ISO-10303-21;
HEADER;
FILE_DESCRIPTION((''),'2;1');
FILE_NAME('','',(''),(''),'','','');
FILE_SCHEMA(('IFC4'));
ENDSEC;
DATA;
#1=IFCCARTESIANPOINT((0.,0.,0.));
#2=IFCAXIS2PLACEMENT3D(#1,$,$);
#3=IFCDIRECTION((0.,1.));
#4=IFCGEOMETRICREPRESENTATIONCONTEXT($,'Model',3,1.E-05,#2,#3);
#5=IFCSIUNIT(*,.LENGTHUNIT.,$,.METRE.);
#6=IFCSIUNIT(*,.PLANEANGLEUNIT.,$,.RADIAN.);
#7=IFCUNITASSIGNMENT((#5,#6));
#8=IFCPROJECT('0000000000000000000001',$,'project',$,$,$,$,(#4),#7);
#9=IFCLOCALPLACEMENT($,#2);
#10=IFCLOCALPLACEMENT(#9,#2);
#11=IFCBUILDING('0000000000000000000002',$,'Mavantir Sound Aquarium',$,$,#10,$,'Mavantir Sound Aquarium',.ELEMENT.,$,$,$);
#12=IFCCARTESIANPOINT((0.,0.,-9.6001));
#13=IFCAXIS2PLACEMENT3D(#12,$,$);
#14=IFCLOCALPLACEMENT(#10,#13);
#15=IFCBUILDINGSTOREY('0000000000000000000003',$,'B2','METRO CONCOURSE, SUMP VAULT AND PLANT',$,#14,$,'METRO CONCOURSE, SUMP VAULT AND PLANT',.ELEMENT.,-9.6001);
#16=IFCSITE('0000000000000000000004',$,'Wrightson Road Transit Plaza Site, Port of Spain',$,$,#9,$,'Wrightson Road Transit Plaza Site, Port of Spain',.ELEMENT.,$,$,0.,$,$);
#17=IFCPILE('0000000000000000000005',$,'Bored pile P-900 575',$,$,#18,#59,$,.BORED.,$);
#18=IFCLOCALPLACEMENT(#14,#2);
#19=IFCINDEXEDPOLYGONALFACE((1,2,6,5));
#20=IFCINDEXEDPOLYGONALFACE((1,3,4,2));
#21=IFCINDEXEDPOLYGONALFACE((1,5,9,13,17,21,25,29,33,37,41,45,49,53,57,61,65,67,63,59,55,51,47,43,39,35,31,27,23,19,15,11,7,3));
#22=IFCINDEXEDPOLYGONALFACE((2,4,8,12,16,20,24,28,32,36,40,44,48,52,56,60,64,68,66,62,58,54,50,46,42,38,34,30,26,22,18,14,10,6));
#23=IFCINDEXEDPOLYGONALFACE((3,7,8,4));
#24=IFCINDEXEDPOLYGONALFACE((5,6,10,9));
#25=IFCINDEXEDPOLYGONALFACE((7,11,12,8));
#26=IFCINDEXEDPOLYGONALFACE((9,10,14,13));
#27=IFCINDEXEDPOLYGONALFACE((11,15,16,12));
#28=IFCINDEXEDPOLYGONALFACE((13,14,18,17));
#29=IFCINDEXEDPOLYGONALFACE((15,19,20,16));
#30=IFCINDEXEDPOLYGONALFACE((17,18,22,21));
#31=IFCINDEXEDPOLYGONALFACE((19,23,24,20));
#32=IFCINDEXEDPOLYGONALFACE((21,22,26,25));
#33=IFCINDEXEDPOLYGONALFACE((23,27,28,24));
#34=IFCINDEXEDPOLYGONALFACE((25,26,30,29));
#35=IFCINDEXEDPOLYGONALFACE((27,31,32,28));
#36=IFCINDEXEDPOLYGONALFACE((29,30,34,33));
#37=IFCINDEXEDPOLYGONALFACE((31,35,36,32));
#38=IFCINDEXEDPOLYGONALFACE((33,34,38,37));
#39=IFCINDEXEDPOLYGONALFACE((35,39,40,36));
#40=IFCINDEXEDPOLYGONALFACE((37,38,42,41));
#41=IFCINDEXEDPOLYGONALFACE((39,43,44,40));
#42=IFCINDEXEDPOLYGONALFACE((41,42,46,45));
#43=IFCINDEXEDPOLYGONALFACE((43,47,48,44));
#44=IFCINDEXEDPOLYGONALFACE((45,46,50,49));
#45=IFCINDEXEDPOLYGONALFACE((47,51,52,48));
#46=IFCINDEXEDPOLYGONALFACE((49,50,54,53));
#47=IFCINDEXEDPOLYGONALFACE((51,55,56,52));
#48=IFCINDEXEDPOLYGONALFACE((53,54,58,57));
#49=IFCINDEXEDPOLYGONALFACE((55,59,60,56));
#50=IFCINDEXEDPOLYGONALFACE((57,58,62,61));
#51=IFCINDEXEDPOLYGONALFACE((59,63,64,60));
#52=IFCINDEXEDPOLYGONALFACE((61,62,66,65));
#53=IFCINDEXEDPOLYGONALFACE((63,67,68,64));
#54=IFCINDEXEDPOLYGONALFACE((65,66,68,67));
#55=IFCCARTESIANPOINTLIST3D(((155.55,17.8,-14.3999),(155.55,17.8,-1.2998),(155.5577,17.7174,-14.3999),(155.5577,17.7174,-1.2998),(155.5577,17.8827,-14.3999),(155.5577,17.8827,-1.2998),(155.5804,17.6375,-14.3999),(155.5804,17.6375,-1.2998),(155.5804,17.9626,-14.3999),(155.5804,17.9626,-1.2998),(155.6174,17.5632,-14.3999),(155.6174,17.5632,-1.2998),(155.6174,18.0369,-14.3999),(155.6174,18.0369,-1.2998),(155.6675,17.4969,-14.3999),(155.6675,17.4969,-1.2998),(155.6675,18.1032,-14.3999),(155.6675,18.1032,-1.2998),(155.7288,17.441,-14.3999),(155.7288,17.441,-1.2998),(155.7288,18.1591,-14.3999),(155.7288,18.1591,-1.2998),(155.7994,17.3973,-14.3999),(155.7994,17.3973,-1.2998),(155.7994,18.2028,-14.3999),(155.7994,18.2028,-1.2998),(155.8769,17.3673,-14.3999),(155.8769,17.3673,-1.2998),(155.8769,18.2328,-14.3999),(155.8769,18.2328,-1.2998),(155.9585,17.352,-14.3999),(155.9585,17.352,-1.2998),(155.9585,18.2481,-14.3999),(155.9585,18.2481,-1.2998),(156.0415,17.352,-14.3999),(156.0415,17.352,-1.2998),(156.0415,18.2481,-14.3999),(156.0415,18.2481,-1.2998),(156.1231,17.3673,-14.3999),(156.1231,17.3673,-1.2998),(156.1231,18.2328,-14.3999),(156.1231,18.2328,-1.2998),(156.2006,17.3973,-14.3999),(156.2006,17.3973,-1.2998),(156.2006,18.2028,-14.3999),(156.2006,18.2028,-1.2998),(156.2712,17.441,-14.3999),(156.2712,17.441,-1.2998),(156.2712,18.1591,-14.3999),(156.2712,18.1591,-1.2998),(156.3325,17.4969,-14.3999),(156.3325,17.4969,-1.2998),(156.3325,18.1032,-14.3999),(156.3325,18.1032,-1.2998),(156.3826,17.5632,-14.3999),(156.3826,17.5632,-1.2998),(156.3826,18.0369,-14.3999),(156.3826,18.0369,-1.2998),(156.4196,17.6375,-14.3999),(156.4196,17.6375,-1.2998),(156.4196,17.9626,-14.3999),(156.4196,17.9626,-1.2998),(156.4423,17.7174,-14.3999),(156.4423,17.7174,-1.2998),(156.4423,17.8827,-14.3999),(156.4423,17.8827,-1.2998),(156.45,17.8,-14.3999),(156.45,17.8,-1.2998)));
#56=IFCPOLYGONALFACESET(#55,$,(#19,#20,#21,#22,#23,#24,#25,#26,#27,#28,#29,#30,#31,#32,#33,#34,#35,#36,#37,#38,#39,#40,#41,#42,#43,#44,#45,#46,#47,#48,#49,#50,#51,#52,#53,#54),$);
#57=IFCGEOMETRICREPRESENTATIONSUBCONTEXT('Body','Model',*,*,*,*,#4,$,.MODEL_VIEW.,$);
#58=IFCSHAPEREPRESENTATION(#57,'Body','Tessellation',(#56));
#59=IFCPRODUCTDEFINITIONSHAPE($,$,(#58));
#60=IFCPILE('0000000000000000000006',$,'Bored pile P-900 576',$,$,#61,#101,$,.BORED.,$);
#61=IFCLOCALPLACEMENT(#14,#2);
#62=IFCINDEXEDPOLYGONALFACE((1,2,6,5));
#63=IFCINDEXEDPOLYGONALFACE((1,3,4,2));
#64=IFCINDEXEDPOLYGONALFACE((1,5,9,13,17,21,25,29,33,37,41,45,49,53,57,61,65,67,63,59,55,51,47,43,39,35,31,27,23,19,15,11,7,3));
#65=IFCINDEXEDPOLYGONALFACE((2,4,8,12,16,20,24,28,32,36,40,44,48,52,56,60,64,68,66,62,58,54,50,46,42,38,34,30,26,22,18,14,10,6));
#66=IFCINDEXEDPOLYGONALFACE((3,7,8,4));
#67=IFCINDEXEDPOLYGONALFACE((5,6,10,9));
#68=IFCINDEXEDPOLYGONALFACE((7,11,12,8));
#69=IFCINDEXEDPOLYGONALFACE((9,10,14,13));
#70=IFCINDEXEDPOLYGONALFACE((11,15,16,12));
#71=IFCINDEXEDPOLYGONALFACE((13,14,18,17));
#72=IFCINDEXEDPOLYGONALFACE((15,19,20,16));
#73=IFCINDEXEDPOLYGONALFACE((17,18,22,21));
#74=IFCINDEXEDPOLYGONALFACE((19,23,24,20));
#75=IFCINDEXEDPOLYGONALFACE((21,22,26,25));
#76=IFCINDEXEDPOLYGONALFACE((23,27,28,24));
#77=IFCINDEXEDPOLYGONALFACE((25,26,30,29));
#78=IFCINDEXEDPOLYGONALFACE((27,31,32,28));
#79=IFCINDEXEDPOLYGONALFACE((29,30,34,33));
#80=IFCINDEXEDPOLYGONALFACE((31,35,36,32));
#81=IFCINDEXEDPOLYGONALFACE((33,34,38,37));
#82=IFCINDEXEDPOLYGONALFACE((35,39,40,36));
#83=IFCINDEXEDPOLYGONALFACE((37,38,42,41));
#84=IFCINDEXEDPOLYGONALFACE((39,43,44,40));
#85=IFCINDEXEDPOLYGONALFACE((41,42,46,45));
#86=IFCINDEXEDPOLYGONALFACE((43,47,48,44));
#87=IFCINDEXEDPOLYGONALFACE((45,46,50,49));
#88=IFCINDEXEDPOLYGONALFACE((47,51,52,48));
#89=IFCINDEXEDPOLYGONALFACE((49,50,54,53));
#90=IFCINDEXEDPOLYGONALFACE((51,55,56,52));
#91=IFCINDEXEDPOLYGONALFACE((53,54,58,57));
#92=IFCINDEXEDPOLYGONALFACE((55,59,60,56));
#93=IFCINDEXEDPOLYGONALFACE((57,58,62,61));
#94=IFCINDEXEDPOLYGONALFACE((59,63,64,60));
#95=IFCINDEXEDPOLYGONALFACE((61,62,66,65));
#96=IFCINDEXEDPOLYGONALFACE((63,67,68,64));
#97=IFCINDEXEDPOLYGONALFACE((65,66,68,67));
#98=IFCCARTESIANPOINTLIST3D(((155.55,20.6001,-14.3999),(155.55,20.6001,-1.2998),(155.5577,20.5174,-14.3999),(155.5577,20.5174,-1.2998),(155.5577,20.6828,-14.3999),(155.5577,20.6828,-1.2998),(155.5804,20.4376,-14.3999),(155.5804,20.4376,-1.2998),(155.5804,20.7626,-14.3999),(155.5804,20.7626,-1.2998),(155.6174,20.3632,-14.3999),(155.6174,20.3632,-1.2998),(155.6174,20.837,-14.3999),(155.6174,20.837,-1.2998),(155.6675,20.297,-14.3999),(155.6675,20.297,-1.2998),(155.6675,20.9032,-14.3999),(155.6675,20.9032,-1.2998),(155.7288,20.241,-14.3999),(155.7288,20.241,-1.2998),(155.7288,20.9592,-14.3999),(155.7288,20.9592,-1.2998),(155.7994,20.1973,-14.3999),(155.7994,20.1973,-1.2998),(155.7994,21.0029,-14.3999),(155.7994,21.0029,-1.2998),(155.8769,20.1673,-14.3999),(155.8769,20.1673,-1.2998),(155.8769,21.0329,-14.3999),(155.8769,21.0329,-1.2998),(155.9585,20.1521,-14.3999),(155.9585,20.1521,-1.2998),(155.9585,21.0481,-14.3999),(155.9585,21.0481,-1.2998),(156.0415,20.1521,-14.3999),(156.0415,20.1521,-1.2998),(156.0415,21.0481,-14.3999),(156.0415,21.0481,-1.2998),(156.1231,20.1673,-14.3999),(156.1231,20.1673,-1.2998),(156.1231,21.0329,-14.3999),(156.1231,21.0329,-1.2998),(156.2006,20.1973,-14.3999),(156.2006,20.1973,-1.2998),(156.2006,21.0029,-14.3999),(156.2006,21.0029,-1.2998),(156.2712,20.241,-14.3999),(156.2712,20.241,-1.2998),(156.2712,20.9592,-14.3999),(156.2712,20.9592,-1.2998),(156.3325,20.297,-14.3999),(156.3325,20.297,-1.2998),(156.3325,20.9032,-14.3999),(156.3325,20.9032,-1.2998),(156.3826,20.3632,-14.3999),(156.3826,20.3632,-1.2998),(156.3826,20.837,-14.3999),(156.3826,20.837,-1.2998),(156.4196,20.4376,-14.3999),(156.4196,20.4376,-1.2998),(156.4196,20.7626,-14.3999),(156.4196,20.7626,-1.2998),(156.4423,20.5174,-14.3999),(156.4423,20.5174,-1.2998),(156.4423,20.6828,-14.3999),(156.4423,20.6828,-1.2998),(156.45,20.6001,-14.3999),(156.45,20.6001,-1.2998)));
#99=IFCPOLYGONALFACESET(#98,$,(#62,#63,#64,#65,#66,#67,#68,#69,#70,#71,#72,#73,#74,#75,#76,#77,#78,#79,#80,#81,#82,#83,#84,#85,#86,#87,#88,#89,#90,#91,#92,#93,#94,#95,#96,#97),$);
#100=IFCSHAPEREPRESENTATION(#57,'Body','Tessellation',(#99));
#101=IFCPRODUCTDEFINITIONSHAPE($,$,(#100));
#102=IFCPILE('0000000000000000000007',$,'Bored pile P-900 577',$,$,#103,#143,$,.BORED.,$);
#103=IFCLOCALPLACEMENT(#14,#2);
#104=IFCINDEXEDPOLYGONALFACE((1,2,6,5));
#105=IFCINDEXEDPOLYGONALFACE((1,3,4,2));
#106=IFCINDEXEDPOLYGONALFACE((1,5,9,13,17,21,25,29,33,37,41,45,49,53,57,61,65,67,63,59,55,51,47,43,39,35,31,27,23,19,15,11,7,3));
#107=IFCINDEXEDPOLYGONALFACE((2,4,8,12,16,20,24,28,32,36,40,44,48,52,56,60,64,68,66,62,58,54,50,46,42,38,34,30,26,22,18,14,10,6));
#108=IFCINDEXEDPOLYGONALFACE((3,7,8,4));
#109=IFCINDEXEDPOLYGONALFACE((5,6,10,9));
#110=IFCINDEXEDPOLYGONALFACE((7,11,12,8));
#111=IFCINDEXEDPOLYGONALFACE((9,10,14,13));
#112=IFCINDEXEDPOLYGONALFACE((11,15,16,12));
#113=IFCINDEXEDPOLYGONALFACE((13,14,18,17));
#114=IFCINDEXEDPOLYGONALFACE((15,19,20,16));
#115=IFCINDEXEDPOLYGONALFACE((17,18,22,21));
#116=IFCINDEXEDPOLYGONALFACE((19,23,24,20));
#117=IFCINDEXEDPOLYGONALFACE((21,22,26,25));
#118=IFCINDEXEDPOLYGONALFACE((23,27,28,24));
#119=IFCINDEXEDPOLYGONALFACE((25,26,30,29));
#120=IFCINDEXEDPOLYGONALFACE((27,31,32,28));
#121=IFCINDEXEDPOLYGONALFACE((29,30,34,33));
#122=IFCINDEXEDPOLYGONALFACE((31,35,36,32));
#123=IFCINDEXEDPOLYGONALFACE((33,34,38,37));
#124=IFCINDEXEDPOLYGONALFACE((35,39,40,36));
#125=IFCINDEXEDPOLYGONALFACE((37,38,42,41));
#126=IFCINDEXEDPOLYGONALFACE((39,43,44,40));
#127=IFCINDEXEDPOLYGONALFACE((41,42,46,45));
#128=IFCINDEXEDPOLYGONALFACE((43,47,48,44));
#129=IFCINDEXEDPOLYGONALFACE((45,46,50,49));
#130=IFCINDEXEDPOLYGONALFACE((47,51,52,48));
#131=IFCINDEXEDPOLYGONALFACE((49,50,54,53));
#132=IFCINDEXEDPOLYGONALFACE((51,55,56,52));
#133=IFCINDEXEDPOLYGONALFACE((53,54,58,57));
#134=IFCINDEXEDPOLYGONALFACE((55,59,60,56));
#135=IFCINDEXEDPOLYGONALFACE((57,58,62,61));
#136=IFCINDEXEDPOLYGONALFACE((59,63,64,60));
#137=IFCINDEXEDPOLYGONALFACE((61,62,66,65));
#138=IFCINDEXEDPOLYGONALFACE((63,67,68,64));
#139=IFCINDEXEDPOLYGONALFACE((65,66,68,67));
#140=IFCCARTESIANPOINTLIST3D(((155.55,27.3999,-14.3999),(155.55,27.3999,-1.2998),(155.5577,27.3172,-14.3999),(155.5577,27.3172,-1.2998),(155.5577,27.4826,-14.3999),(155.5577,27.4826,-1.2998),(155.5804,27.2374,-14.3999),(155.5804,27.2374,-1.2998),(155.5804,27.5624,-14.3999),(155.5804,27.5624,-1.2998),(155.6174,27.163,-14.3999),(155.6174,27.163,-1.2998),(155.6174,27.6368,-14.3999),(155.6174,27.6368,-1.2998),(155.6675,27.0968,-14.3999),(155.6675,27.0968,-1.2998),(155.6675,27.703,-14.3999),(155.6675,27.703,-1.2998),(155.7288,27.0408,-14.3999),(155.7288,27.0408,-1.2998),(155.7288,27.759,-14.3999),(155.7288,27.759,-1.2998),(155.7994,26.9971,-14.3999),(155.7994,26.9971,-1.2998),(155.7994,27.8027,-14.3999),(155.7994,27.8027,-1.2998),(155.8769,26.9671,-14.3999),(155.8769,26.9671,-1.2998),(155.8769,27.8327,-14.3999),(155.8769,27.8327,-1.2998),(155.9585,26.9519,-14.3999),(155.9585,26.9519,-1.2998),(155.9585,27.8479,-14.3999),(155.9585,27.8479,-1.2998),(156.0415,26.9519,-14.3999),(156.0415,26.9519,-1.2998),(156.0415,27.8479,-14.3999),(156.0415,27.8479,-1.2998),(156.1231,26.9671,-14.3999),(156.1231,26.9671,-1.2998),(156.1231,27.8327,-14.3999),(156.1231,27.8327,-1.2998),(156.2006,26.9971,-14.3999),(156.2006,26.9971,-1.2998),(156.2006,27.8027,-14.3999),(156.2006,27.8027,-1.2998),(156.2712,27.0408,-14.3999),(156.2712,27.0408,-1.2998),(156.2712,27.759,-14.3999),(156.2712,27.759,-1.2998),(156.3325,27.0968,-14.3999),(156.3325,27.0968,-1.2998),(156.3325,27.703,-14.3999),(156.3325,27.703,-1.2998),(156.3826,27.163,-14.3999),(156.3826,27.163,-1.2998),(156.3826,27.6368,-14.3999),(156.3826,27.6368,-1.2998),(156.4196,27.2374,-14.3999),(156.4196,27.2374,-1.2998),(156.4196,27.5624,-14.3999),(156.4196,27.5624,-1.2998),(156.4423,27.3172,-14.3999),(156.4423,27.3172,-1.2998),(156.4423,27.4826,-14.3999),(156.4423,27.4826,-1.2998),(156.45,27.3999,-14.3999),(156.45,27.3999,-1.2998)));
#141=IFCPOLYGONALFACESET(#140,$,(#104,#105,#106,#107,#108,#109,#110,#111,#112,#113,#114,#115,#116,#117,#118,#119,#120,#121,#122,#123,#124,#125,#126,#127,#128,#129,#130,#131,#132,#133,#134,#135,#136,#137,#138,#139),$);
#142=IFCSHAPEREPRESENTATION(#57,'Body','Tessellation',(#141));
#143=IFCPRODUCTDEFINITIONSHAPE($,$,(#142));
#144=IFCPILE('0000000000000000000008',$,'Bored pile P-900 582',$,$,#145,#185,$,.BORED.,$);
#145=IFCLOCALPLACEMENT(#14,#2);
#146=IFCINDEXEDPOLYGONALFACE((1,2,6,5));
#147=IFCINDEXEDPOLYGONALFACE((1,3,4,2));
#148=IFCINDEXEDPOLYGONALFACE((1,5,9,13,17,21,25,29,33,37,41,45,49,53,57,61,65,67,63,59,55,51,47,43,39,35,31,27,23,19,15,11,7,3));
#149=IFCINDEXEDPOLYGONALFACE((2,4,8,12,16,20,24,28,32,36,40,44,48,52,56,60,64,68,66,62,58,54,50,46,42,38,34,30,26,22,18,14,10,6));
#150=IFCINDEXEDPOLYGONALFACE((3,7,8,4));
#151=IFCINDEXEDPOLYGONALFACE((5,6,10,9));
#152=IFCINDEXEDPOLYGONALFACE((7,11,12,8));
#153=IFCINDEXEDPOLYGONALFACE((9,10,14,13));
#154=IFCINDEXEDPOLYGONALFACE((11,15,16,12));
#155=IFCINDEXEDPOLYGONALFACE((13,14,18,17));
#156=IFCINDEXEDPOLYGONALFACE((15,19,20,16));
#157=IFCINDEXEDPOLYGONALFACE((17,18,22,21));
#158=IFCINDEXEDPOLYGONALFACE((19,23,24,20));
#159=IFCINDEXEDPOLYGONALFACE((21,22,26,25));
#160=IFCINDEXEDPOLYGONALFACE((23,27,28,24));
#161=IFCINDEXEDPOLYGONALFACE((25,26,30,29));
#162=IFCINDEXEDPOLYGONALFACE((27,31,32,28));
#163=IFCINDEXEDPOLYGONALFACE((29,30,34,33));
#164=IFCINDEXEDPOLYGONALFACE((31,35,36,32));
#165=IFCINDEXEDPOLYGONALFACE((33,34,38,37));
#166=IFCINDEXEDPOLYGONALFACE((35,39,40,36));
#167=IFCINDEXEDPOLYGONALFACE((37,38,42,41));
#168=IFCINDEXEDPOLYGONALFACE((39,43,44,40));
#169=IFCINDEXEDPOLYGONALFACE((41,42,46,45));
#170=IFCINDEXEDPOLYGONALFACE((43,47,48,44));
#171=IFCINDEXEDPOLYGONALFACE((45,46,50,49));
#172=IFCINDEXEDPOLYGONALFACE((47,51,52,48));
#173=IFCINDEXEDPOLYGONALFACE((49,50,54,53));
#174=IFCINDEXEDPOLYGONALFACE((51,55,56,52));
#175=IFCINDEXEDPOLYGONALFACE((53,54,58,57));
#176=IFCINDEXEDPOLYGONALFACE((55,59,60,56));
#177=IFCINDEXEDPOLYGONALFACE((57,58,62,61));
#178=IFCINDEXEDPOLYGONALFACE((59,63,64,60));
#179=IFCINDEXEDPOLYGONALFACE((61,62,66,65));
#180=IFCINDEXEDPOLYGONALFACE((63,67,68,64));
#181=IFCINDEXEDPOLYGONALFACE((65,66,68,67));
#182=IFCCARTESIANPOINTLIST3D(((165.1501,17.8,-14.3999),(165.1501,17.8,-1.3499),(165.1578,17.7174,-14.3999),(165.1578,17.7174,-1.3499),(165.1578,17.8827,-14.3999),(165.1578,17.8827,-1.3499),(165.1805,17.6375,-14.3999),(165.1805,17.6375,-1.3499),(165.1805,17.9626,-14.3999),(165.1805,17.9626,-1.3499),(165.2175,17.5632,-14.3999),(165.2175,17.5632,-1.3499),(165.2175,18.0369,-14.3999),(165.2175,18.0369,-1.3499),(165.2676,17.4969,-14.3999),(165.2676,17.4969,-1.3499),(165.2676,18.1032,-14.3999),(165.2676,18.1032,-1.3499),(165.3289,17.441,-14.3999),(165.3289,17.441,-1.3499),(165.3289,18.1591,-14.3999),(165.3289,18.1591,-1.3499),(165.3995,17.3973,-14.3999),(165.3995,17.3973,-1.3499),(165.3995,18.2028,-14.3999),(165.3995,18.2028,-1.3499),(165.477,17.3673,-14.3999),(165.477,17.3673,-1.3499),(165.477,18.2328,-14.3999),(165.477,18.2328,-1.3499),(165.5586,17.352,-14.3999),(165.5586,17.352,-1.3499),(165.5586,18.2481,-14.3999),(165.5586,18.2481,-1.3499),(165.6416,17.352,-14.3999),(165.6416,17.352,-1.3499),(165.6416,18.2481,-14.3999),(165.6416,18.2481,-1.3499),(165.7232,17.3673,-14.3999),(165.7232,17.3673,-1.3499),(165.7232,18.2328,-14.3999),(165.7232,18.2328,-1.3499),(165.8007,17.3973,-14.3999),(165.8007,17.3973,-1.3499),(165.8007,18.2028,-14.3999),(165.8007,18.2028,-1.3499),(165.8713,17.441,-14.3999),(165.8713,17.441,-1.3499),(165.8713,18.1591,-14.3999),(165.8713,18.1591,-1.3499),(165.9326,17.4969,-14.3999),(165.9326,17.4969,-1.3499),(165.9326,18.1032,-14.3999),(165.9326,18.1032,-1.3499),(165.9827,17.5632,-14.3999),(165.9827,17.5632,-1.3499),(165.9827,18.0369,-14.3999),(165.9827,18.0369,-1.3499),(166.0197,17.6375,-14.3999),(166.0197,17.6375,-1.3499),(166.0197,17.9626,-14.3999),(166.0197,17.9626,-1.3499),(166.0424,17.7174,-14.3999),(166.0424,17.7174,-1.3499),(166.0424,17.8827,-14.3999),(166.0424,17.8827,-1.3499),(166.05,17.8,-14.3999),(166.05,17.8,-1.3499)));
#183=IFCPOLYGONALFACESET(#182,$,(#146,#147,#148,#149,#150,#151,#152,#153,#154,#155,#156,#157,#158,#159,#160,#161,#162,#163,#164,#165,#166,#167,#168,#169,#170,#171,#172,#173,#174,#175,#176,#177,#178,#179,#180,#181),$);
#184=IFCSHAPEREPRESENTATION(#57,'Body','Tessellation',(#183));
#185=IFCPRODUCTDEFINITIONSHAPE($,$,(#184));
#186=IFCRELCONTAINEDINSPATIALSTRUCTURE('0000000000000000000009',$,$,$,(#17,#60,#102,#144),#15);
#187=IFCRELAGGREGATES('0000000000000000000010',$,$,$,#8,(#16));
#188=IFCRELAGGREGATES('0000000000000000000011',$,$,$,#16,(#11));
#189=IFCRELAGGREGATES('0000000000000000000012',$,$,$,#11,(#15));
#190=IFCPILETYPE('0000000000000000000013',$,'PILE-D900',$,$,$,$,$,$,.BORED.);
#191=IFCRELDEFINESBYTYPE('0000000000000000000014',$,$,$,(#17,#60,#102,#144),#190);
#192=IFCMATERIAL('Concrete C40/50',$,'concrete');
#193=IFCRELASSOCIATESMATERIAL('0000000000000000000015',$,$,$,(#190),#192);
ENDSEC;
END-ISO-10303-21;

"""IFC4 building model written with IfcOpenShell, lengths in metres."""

from ifc_helpers import new_model, si_unit, direction, frame, origin, origin_2d, place, context, subcontext, project, spatial, circle, extrude, material, material_profile, profile_set, type_object, element, save


model = new_model("IFC4")

# Units and contexts
model_context = context("Model", 3, precision=1e-05, world=origin(), true_north=direction((0.0, 1.0)))
body_context = subcontext(model_context, "Body", "Model", "MODEL_VIEW")
ifc_project = project(units=[si_unit("LENGTHUNIT", "METRE"), si_unit("PLANEANGLEUNIT", "RADIAN")], contexts=[model_context])

# Site, building, storey
site_placement = place(None, origin())
site = spatial("IfcSite", under=ifc_project, at=site_placement, Name="Wrightson Road Transit Plaza Site, Port of Spain", LongName="Wrightson Road Transit Plaza Site, Port of Spain", CompositionType="ELEMENT", RefElevation=0.0)
building_placement = place(site_placement, origin())
building = spatial("IfcBuilding", under=site, at=building_placement, Name="Mavantir Sound Aquarium", LongName="Mavantir Sound Aquarium", CompositionType="ELEMENT")
storey_placement = place(building_placement, frame((0.0, 0.0, -9.6001)))
storey = spatial("IfcBuildingStorey", under=building, at=storey_placement, Name="B2", Description="METRO CONCOURSE, SUMP VAULT AND PLANT", LongName="METRO CONCOURSE, SUMP VAULT AND PLANT", CompositionType="ELEMENT", Elevation=-9.6001)

# Shared definitions
ifc_material_1 = material(Name="Concrete C40/50", Category="concrete")

# Piles
ifc_material_profile_1 = material_profile(ifc_material_1, circle(Radius=0.45, at=origin_2d()), Name="PILE D900")
ifc_profile_set_1 = profile_set([ifc_material_profile_1], Name="Concrete C40/50")
pile_type = type_object("IfcPileType", Name="PILE-D900", PredefinedType="BORED", material=ifc_profile_set_1)
for number, where, z_axis, x_axis, name in (
    (1, (156.0, 17.8, -1.2998), (0.0, 0.0, -1.0), (1.0, 0.0, 0.0), "Bored pile P-900 575"),
    (2, (156.0, 20.6001, -1.2998), (0.0, 0.0, -1.0), (1.0, 0.0, 0.0), "Bored pile P-900 576"),
    (3, (156.0, 27.3999, -1.2998), (0.0, 0.0, -1.0), (1.0, 0.0, 0.0), "Bored pile P-900 577"),
):
    element("IfcPile", number, at=place(storey_placement, frame(where, z_axis=z_axis, x_axis=x_axis)), inside=storey, type_object=pile_type, Name=name, PredefinedType="BORED", context=body_context, shape_type="SweptSolid", body=[
        extrude(circle(Radius=0.45, at=origin_2d()), origin(), (0.0, 0.0, 1.0), 13.1001),
    ])
for number, where, z_axis, x_axis, name in (
    (4, (165.6001, 17.8, -1.3499), (0.0, 0.0, -1.0), (1.0, 0.0, 0.0), "Bored pile P-900 582"),
):
    element("IfcPile", number, at=place(storey_placement, frame(where, z_axis=z_axis, x_axis=x_axis)), inside=storey, type_object=pile_type, Name=name, PredefinedType="BORED", context=body_context, shape_type="SweptSolid", body=[
        extrude(circle(Radius=0.45, at=origin_2d()), origin(), (0.0, 0.0, 1.0), 13.05),
    ])

save(model, "model.ifc")
